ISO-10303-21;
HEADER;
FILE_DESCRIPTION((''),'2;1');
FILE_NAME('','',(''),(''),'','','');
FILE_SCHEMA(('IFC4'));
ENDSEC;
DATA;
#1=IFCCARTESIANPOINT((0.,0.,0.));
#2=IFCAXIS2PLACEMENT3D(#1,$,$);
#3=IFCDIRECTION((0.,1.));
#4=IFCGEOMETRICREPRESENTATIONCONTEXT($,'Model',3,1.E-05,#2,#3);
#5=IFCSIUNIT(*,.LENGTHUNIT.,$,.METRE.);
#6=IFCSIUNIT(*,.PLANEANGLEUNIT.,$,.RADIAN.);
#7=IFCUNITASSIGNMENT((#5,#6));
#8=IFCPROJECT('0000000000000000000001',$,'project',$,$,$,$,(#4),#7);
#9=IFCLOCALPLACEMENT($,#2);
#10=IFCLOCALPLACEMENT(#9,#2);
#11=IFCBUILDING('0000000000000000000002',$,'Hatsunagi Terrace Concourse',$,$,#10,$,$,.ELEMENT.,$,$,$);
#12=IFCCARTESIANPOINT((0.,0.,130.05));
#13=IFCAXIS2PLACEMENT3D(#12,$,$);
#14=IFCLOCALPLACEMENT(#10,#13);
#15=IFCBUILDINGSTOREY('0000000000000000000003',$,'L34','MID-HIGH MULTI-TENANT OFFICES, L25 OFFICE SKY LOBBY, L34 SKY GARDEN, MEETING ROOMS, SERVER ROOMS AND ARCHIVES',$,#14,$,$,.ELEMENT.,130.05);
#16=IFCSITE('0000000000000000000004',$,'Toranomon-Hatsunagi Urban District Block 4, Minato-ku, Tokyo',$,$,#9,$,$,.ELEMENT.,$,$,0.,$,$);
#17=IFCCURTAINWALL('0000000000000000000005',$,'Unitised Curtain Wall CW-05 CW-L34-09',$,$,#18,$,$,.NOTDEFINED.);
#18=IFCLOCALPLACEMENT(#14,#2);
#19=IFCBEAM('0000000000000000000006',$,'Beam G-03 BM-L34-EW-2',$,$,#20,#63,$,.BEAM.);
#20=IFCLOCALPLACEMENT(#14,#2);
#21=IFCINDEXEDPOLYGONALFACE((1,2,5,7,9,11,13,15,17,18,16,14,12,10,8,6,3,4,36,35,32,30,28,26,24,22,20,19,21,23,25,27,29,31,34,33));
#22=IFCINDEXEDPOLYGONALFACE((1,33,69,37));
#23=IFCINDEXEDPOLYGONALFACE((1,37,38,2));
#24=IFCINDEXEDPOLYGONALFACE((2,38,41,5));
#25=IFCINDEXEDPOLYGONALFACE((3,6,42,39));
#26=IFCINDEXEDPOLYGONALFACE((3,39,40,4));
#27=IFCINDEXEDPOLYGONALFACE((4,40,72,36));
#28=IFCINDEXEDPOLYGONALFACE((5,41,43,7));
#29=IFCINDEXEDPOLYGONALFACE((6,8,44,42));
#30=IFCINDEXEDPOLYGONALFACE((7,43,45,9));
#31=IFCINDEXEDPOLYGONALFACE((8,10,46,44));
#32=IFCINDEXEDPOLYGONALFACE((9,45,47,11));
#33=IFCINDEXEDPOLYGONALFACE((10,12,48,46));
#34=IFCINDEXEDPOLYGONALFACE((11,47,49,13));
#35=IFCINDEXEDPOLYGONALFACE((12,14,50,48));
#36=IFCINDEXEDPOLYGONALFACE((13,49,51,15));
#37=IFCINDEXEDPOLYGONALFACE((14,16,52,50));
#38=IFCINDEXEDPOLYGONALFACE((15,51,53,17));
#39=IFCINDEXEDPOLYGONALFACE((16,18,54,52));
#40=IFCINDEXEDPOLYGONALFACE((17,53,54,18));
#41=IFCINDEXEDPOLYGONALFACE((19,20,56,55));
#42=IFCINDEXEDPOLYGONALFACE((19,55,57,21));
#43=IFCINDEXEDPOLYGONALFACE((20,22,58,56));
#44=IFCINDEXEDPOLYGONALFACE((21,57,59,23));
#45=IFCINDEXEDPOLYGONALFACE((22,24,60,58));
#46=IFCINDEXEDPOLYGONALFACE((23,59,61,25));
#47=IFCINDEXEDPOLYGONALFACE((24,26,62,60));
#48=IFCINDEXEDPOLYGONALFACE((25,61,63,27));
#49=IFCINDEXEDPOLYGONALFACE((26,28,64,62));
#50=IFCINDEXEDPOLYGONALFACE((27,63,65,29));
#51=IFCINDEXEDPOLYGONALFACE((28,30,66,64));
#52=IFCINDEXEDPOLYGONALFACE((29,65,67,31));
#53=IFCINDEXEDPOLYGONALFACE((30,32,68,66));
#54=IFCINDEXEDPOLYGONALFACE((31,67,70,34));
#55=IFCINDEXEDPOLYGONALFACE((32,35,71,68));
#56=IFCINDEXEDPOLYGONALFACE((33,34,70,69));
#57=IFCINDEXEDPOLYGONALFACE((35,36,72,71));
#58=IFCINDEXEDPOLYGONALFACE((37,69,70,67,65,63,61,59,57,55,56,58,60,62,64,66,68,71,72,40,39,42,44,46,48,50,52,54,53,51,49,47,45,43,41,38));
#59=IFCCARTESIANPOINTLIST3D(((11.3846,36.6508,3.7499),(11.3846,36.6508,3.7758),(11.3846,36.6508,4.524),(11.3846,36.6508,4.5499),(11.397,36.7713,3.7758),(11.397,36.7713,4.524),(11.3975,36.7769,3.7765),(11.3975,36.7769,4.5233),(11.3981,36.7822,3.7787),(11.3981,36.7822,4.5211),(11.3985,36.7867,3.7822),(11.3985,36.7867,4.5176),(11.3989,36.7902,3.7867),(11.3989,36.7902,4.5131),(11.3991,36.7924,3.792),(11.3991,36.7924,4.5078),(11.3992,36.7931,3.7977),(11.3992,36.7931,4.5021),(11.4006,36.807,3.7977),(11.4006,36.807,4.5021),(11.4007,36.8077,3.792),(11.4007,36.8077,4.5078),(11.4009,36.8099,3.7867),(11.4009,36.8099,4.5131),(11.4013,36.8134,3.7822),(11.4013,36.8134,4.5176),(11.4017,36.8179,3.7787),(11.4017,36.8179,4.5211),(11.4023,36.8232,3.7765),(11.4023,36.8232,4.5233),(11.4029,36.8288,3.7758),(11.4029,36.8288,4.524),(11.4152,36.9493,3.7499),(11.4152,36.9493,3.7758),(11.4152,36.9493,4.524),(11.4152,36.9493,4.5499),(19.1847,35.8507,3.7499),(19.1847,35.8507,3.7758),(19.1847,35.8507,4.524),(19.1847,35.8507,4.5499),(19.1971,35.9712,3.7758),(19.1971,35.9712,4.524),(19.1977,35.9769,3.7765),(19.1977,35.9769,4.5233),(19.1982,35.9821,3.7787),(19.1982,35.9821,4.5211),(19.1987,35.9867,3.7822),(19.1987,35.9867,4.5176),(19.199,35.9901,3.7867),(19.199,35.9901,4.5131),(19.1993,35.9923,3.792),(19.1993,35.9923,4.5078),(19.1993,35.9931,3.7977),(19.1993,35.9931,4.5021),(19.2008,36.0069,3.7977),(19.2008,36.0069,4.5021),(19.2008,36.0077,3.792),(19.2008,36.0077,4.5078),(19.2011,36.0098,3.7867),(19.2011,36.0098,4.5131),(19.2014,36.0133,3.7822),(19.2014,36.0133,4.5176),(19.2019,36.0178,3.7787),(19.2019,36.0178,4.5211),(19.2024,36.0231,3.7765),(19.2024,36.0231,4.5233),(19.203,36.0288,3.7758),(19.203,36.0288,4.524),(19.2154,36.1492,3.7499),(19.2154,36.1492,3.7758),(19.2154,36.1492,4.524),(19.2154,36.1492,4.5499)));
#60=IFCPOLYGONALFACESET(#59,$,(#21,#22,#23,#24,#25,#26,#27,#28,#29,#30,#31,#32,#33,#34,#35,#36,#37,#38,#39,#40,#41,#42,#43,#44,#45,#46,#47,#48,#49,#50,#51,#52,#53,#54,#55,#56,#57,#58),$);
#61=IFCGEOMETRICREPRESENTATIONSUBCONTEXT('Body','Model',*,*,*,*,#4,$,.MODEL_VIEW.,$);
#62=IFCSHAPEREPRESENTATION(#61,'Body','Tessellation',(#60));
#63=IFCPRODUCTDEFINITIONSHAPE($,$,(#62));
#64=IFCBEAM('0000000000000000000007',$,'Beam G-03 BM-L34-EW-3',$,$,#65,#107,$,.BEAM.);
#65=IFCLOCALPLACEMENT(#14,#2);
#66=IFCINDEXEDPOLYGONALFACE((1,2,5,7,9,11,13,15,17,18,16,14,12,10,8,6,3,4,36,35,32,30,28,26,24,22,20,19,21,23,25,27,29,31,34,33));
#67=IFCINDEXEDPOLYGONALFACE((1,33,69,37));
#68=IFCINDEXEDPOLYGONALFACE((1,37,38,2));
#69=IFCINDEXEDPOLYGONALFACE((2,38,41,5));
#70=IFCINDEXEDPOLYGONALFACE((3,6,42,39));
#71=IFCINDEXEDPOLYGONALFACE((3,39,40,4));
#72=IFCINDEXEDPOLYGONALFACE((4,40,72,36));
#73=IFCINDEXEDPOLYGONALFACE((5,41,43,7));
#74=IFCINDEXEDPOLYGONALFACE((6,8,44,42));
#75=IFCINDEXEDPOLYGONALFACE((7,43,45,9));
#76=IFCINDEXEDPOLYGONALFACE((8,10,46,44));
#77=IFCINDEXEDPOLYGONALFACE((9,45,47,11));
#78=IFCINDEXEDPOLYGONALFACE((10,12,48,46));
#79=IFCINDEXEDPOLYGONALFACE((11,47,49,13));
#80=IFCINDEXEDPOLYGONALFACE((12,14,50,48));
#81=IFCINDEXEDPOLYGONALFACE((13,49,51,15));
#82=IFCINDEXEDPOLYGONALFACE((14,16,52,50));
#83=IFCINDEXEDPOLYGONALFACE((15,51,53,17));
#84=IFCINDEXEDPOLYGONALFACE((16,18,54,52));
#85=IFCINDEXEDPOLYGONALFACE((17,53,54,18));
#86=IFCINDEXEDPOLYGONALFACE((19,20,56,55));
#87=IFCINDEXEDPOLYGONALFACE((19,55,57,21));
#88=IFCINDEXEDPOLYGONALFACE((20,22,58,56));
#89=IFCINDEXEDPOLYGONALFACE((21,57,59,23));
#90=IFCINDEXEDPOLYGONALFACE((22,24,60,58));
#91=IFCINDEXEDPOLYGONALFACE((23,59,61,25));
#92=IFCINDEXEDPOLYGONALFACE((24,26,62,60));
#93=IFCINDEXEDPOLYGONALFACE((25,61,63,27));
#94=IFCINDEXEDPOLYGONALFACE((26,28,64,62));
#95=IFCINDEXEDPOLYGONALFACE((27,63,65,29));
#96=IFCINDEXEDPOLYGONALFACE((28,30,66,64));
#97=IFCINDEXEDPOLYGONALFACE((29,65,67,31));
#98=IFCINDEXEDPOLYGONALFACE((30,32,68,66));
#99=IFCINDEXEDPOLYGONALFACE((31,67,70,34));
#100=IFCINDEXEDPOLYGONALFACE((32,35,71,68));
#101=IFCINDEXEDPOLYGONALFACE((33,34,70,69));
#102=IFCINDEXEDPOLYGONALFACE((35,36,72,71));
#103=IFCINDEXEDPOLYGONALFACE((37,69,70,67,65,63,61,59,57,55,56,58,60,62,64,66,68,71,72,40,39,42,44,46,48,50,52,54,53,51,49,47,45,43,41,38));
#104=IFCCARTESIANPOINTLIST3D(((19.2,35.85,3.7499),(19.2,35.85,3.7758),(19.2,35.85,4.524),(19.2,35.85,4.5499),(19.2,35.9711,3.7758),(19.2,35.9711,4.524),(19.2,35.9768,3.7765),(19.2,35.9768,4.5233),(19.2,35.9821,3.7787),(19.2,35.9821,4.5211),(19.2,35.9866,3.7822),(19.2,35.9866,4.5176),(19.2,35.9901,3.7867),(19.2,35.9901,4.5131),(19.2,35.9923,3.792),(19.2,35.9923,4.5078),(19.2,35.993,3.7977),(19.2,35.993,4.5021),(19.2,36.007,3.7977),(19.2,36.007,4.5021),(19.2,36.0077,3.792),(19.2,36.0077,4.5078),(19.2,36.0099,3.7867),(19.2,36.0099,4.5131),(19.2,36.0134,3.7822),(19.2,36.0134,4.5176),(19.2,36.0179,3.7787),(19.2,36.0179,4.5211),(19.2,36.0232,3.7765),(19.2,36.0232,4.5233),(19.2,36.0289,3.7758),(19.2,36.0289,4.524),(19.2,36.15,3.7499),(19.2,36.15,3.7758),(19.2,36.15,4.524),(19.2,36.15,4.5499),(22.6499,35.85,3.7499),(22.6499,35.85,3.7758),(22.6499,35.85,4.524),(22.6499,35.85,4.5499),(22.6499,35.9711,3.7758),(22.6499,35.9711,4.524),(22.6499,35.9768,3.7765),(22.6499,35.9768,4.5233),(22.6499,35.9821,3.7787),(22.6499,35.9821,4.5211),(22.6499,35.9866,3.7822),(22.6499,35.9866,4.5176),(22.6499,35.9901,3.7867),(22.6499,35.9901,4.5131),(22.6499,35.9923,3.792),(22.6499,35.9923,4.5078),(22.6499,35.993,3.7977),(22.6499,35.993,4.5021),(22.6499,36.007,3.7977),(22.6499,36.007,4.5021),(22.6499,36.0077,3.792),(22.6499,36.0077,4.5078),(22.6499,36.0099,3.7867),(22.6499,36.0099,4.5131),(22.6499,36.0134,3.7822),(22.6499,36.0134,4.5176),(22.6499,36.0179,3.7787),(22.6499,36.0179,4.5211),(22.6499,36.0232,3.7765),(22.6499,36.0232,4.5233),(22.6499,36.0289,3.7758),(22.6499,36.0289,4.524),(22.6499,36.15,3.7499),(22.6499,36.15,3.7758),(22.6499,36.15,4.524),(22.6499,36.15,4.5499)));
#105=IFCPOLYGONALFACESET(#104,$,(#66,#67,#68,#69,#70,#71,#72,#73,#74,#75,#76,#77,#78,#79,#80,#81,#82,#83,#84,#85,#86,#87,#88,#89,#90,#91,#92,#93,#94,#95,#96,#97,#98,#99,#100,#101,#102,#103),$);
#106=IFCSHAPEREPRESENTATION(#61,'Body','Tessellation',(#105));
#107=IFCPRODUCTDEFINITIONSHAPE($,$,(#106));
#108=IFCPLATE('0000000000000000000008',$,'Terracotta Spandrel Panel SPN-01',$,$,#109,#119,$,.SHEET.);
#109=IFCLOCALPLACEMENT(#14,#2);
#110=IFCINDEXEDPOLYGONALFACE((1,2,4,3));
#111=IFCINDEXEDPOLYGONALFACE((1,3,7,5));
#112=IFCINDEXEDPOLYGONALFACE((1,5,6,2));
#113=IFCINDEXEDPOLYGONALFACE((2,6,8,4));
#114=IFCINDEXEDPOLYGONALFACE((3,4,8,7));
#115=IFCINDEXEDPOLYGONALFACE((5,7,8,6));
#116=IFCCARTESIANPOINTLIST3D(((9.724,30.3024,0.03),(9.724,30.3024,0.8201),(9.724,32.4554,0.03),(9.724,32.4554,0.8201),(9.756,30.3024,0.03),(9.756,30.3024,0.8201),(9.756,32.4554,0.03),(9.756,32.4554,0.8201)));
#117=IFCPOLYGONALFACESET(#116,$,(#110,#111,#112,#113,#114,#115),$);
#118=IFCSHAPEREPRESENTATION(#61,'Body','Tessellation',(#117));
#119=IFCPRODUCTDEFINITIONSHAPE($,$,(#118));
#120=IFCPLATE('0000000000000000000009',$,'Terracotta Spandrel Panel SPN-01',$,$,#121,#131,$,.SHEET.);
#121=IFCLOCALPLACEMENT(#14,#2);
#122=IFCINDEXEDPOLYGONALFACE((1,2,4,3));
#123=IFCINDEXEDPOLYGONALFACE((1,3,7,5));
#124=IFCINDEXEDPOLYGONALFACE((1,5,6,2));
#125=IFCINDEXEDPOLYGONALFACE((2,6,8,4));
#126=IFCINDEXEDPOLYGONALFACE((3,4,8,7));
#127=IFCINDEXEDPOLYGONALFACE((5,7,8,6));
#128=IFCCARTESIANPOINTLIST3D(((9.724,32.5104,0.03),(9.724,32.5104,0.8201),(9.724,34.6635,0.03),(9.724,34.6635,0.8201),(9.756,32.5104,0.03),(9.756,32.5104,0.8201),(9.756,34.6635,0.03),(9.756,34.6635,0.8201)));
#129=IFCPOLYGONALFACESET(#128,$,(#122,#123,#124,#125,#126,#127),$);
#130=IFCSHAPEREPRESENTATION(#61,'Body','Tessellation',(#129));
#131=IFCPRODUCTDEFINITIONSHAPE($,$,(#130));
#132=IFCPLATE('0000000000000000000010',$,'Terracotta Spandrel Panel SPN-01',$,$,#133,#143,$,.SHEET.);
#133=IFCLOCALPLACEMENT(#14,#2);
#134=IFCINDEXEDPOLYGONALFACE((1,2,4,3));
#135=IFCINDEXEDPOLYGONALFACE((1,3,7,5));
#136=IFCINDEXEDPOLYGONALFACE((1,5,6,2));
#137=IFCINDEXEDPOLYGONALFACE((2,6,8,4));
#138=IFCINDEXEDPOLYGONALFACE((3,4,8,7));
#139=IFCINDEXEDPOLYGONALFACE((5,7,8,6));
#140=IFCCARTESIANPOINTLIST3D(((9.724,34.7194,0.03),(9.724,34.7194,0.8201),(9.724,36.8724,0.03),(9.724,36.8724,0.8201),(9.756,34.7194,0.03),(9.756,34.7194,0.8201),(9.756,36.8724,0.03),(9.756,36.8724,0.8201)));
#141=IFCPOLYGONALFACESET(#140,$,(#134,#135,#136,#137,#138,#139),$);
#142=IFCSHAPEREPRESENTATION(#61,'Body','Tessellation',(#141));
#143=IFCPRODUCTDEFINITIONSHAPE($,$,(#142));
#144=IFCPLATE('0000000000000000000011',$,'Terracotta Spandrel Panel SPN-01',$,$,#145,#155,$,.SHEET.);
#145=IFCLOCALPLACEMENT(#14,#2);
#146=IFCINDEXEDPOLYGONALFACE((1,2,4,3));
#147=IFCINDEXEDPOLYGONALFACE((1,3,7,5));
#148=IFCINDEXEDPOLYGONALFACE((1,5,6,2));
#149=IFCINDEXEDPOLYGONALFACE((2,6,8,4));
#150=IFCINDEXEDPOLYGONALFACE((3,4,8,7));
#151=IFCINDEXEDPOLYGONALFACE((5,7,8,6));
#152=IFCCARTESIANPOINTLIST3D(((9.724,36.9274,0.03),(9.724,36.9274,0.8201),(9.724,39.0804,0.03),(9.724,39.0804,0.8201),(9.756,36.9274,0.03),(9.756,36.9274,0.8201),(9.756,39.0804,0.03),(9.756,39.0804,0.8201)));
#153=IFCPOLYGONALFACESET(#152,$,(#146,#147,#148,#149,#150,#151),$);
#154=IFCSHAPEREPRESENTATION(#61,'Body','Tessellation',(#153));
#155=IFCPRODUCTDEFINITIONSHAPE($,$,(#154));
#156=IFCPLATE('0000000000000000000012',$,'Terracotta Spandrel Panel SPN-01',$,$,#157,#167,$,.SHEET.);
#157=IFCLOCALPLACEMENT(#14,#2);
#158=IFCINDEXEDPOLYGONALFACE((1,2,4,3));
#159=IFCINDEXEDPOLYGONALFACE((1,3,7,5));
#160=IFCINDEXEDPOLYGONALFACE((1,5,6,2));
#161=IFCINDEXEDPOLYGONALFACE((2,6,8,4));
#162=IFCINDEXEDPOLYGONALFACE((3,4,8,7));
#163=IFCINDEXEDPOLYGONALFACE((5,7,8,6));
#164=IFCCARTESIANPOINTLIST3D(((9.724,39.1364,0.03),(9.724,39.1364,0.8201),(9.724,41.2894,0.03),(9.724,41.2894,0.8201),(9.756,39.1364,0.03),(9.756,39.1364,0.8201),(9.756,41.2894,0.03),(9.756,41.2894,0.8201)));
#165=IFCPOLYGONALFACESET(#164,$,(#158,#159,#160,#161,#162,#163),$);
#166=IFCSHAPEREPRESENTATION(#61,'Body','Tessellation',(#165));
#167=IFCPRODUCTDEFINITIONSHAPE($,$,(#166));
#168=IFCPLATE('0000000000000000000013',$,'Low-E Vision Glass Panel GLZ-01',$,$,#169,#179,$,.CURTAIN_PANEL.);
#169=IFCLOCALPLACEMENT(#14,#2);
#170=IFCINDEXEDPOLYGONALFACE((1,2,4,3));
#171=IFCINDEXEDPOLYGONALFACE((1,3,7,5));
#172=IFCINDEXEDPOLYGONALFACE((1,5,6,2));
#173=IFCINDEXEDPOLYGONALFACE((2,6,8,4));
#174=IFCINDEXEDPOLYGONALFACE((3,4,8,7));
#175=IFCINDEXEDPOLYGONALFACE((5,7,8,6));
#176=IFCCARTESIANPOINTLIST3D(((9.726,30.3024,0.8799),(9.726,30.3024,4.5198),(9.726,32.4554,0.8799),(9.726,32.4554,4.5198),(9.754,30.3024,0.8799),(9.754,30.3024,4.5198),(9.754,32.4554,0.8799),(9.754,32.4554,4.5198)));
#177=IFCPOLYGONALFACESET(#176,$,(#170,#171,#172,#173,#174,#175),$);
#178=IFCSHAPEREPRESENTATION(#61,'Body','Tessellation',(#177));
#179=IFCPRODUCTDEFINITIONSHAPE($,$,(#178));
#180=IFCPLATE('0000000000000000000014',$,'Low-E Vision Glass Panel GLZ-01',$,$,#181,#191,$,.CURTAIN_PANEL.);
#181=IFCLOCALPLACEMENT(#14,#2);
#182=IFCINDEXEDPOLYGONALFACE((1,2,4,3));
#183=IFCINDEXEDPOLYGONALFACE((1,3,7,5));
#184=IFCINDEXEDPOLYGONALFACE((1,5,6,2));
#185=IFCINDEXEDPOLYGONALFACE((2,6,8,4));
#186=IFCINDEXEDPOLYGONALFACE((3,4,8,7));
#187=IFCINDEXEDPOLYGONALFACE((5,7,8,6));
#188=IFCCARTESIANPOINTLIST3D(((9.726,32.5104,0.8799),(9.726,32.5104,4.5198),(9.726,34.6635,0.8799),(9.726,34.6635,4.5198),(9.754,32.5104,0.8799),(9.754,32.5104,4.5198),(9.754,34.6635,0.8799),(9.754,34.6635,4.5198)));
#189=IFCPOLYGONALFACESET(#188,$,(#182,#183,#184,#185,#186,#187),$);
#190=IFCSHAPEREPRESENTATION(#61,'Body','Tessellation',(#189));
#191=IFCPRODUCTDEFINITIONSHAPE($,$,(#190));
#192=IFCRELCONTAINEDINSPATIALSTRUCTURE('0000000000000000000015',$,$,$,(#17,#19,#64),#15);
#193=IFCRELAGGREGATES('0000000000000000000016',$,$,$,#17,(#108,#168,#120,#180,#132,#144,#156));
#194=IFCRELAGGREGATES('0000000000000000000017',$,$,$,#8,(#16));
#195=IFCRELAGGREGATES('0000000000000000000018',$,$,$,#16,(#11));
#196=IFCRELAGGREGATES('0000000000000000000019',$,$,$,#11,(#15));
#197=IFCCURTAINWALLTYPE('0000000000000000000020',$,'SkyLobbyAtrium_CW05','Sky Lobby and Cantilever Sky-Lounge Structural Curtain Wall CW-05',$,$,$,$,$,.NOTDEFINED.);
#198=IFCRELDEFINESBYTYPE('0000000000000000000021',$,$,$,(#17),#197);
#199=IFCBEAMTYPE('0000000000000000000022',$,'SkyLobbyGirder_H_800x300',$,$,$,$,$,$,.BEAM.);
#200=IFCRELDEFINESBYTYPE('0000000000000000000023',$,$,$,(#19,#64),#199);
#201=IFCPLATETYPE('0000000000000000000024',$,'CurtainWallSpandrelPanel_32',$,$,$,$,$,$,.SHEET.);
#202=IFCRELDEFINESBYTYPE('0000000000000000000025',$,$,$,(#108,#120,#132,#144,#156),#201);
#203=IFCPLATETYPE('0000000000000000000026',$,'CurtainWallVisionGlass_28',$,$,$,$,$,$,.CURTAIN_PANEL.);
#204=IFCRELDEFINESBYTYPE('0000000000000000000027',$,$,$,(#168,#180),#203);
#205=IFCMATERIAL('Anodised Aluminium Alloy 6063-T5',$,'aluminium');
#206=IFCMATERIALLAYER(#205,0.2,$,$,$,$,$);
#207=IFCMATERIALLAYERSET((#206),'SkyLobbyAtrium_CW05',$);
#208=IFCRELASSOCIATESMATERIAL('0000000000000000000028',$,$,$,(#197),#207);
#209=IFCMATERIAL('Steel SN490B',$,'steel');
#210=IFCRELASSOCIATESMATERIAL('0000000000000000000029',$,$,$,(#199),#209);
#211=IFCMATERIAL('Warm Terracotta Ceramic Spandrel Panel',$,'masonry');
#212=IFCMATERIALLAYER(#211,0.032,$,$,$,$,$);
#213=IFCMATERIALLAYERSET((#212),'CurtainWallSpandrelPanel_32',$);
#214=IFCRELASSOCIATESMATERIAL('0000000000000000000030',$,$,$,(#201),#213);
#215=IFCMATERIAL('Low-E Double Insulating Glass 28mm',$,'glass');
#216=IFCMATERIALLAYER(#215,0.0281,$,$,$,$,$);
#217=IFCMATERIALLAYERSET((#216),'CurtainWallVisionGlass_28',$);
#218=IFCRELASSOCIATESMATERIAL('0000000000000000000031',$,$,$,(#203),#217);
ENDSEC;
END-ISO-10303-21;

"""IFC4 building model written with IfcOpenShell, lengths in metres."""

from ifc_helpers import new_model, si_unit, direction, frame, origin, origin_2d, place, context, subcontext, project, spatial, rectangle, i_section, extrude, material, layer, layer_set, material_profile, profile_set, type_object, element, aggregate, save


model = new_model("IFC4")

# Units and contexts
model_context = context("Model", 3, precision=1e-05, world=origin(), true_north=direction((0.0, 1.0)))
body_context = subcontext(model_context, "Body", "Model", "MODEL_VIEW")
ifc_project = project(units=[si_unit("LENGTHUNIT", "METRE"), si_unit("PLANEANGLEUNIT", "RADIAN")], contexts=[model_context])

# Site, building, storey
site_placement = place(None, origin())
site = spatial("IfcSite", under=ifc_project, at=site_placement, Name="Toranomon-Hatsunagi Urban District Block 4, Minato-ku, Tokyo", CompositionType="ELEMENT", RefElevation=0.0)
building_placement = place(site_placement, origin())
building = spatial("IfcBuilding", under=site, at=building_placement, Name="Hatsunagi Terrace Concourse", CompositionType="ELEMENT")
storey_placement = place(building_placement, frame((0.0, 0.0, 130.05)))
storey = spatial("IfcBuildingStorey", under=building, at=storey_placement, Name="L34", Description="MID-HIGH MULTI-TENANT OFFICES, L25 OFFICE SKY LOBBY, L34 SKY GARDEN, MEETING ROOMS, SERVER ROOMS AND ARCHIVES", CompositionType="ELEMENT", Elevation=130.05)

# Curtain wall
ifc_material_1 = material(Name="Anodised Aluminium Alloy 6063-T5", Category="aluminium")
ifc_layer_1 = layer(ifc_material_1, 0.2)
ifc_layer_set_1 = layer_set([ifc_layer_1], Name="SkyLobbyAtrium_CW05")
curtain_wall_type = type_object("IfcCurtainWallType", Name="SkyLobbyAtrium_CW05", Description="Sky Lobby and Cantilever Sky-Lounge Structural Curtain Wall CW-05", PredefinedType="NOTDEFINED", material=ifc_layer_set_1)
curtain_wall_placement = place(storey_placement, origin())
curtain_wall = element("IfcCurtainWall", 1, at=curtain_wall_placement, inside=storey, type_object=curtain_wall_type, Name="Unitised Curtain Wall CW-05 CW-L34-09", PredefinedType="NOTDEFINED")

# Beams
ifc_material_2 = material(Name="Steel SN490B", Category="steel")
ifc_material_profile_1 = material_profile(ifc_material_2, i_section(OverallWidth=0.3, OverallDepth=0.8, WebThickness=0.0139, FlangeThickness=0.0259, FilletRadius=0.022, at=origin_2d()), Name="H-800x300x14x26")
ifc_profile_set_1 = profile_set([ifc_material_profile_1], Name="Steel SN490B")
beam_type_1 = type_object("IfcBeamType", Name="SkyLobbyGirder_H_800x300", PredefinedType="BEAM", material=ifc_profile_set_1)
beam_1_placement = place(storey_placement, frame((11.3999, 36.8, 4.1499), z_axis=(0.994781, -0.102034, 0.0), x_axis=(0.102034, 0.994781, 0.0)))
element("IfcBeam", 2, at=beam_1_placement, inside=storey, type_object=beam_type_1, Name="Beam G-03 BM-L34-EW-2", PredefinedType="BEAM", context=body_context, shape_type="SweptSolid", body=[
    extrude(i_section(OverallWidth=0.3, OverallDepth=0.8, WebThickness=0.0139, FlangeThickness=0.0259, FilletRadius=0.022, at=origin_2d()), origin(), (0.0, 0.0, 1.0), 7.8411),
])
beam_2_placement = place(storey_placement, frame((19.2, 36.0, 4.1499), z_axis=(1.0, 0.0, 0.0), x_axis=(0.0, 1.0, 0.0)))
element("IfcBeam", 3, at=beam_2_placement, inside=storey, type_object=beam_type_1, Name="Beam G-03 BM-L34-EW-3", PredefinedType="BEAM", context=body_context, shape_type="SweptSolid", body=[
    extrude(i_section(OverallWidth=0.3, OverallDepth=0.8, WebThickness=0.0139, FlangeThickness=0.0259, FilletRadius=0.022, at=origin_2d()), origin(), (0.0, 0.0, 1.0), 3.45),
])

# Plates
ifc_material_3 = material(Name="Warm Terracotta Ceramic Spandrel Panel", Category="masonry")
ifc_layer_2 = layer(ifc_material_3, 0.032)
ifc_layer_set_2 = layer_set([ifc_layer_2], Name="CurtainWallSpandrelPanel_32")
plate_type_1 = type_object("IfcPlateType", Name="CurtainWallSpandrelPanel_32", PredefinedType="SHEET", material=ifc_layer_set_2)
plate_1_placement = place(storey_placement, frame((9.74, 31.3789, 0.03), z_axis=(0.0, 0.0, 1.0), x_axis=(0.0, 1.0, 0.0)))
plate_1 = element("IfcPlate", 4, at=plate_1_placement, type_object=plate_type_1, Name="Terracotta Spandrel Panel SPN-01", PredefinedType="SHEET", context=body_context, shape_type="SweptSolid", body=[
    extrude(rectangle(XDim=2.1531, YDim=0.032, at=origin_2d()), origin(), (0.0, 0.0, 1.0), 0.79),
])
plate_2_placement = place(storey_placement, frame((9.74, 33.5869, 0.03), z_axis=(0.0, 0.0, 1.0), x_axis=(0.0, 1.0, 0.0)))
plate_2 = element("IfcPlate", 5, at=plate_2_placement, type_object=plate_type_1, Name="Terracotta Spandrel Panel SPN-01", PredefinedType="SHEET", context=body_context, shape_type="SweptSolid", body=[
    extrude(rectangle(XDim=2.1531, YDim=0.032, at=origin_2d()), origin(), (0.0, 0.0, 1.0), 0.79),
])
plate_3_placement = place(storey_placement, frame((9.74, 35.7959, 0.03), z_axis=(0.0, 0.0, 1.0), x_axis=(0.0, 1.0, 0.0)))
plate_3 = element("IfcPlate", 6, at=plate_3_placement, type_object=plate_type_1, Name="Terracotta Spandrel Panel SPN-01", PredefinedType="SHEET", context=body_context, shape_type="SweptSolid", body=[
    extrude(rectangle(XDim=2.1531, YDim=0.032, at=origin_2d()), origin(), (0.0, 0.0, 1.0), 0.79),
])
plate_4_placement = place(storey_placement, frame((9.74, 38.0039, 0.03), z_axis=(0.0, 0.0, 1.0), x_axis=(0.0, 1.0, 0.0)))
plate_4 = element("IfcPlate", 7, at=plate_4_placement, type_object=plate_type_1, Name="Terracotta Spandrel Panel SPN-01", PredefinedType="SHEET", context=body_context, shape_type="SweptSolid", body=[
    extrude(rectangle(XDim=2.1531, YDim=0.032, at=origin_2d()), origin(), (0.0, 0.0, 1.0), 0.79),
])
plate_5_placement = place(storey_placement, frame((9.74, 40.2129, 0.03), z_axis=(0.0, 0.0, 1.0), x_axis=(0.0, 1.0, 0.0)))
plate_5 = element("IfcPlate", 8, at=plate_5_placement, type_object=plate_type_1, Name="Terracotta Spandrel Panel SPN-01", PredefinedType="SHEET", context=body_context, shape_type="SweptSolid", body=[
    extrude(rectangle(XDim=2.1531, YDim=0.032, at=origin_2d()), origin(), (0.0, 0.0, 1.0), 0.79),
])
ifc_material_4 = material(Name="Low-E Double Insulating Glass 28mm", Category="glass")
ifc_layer_3 = layer(ifc_material_4, 0.0281)
ifc_layer_set_3 = layer_set([ifc_layer_3], Name="CurtainWallVisionGlass_28")
plate_type_2 = type_object("IfcPlateType", Name="CurtainWallVisionGlass_28", PredefinedType="CURTAIN_PANEL", material=ifc_layer_set_3)
plate_6_placement = place(storey_placement, frame((9.74, 31.3789, 0.8799), z_axis=(0.0, 0.0, 1.0), x_axis=(0.0, 1.0, 0.0)))
plate_6 = element("IfcPlate", 9, at=plate_6_placement, type_object=plate_type_2, Name="Low-E Vision Glass Panel GLZ-01", PredefinedType="CURTAIN_PANEL", context=body_context, shape_type="SweptSolid", body=[
    extrude(rectangle(XDim=2.1531, YDim=0.0281, at=origin_2d()), origin(), (0.0, 0.0, 1.0), 3.6399),
])
plate_7_placement = place(storey_placement, frame((9.74, 33.5869, 0.8799), z_axis=(0.0, 0.0, 1.0), x_axis=(0.0, 1.0, 0.0)))
plate_7 = element("IfcPlate", 10, at=plate_7_placement, type_object=plate_type_2, Name="Low-E Vision Glass Panel GLZ-01", PredefinedType="CURTAIN_PANEL", context=body_context, shape_type="SweptSolid", body=[
    extrude(rectangle(XDim=2.1531, YDim=0.0281, at=origin_2d()), origin(), (0.0, 0.0, 1.0), 3.6399),
])
aggregate(curtain_wall, [plate_1, plate_6, plate_2, plate_7, plate_3, plate_4, plate_5])

save(model, "model.ifc")
